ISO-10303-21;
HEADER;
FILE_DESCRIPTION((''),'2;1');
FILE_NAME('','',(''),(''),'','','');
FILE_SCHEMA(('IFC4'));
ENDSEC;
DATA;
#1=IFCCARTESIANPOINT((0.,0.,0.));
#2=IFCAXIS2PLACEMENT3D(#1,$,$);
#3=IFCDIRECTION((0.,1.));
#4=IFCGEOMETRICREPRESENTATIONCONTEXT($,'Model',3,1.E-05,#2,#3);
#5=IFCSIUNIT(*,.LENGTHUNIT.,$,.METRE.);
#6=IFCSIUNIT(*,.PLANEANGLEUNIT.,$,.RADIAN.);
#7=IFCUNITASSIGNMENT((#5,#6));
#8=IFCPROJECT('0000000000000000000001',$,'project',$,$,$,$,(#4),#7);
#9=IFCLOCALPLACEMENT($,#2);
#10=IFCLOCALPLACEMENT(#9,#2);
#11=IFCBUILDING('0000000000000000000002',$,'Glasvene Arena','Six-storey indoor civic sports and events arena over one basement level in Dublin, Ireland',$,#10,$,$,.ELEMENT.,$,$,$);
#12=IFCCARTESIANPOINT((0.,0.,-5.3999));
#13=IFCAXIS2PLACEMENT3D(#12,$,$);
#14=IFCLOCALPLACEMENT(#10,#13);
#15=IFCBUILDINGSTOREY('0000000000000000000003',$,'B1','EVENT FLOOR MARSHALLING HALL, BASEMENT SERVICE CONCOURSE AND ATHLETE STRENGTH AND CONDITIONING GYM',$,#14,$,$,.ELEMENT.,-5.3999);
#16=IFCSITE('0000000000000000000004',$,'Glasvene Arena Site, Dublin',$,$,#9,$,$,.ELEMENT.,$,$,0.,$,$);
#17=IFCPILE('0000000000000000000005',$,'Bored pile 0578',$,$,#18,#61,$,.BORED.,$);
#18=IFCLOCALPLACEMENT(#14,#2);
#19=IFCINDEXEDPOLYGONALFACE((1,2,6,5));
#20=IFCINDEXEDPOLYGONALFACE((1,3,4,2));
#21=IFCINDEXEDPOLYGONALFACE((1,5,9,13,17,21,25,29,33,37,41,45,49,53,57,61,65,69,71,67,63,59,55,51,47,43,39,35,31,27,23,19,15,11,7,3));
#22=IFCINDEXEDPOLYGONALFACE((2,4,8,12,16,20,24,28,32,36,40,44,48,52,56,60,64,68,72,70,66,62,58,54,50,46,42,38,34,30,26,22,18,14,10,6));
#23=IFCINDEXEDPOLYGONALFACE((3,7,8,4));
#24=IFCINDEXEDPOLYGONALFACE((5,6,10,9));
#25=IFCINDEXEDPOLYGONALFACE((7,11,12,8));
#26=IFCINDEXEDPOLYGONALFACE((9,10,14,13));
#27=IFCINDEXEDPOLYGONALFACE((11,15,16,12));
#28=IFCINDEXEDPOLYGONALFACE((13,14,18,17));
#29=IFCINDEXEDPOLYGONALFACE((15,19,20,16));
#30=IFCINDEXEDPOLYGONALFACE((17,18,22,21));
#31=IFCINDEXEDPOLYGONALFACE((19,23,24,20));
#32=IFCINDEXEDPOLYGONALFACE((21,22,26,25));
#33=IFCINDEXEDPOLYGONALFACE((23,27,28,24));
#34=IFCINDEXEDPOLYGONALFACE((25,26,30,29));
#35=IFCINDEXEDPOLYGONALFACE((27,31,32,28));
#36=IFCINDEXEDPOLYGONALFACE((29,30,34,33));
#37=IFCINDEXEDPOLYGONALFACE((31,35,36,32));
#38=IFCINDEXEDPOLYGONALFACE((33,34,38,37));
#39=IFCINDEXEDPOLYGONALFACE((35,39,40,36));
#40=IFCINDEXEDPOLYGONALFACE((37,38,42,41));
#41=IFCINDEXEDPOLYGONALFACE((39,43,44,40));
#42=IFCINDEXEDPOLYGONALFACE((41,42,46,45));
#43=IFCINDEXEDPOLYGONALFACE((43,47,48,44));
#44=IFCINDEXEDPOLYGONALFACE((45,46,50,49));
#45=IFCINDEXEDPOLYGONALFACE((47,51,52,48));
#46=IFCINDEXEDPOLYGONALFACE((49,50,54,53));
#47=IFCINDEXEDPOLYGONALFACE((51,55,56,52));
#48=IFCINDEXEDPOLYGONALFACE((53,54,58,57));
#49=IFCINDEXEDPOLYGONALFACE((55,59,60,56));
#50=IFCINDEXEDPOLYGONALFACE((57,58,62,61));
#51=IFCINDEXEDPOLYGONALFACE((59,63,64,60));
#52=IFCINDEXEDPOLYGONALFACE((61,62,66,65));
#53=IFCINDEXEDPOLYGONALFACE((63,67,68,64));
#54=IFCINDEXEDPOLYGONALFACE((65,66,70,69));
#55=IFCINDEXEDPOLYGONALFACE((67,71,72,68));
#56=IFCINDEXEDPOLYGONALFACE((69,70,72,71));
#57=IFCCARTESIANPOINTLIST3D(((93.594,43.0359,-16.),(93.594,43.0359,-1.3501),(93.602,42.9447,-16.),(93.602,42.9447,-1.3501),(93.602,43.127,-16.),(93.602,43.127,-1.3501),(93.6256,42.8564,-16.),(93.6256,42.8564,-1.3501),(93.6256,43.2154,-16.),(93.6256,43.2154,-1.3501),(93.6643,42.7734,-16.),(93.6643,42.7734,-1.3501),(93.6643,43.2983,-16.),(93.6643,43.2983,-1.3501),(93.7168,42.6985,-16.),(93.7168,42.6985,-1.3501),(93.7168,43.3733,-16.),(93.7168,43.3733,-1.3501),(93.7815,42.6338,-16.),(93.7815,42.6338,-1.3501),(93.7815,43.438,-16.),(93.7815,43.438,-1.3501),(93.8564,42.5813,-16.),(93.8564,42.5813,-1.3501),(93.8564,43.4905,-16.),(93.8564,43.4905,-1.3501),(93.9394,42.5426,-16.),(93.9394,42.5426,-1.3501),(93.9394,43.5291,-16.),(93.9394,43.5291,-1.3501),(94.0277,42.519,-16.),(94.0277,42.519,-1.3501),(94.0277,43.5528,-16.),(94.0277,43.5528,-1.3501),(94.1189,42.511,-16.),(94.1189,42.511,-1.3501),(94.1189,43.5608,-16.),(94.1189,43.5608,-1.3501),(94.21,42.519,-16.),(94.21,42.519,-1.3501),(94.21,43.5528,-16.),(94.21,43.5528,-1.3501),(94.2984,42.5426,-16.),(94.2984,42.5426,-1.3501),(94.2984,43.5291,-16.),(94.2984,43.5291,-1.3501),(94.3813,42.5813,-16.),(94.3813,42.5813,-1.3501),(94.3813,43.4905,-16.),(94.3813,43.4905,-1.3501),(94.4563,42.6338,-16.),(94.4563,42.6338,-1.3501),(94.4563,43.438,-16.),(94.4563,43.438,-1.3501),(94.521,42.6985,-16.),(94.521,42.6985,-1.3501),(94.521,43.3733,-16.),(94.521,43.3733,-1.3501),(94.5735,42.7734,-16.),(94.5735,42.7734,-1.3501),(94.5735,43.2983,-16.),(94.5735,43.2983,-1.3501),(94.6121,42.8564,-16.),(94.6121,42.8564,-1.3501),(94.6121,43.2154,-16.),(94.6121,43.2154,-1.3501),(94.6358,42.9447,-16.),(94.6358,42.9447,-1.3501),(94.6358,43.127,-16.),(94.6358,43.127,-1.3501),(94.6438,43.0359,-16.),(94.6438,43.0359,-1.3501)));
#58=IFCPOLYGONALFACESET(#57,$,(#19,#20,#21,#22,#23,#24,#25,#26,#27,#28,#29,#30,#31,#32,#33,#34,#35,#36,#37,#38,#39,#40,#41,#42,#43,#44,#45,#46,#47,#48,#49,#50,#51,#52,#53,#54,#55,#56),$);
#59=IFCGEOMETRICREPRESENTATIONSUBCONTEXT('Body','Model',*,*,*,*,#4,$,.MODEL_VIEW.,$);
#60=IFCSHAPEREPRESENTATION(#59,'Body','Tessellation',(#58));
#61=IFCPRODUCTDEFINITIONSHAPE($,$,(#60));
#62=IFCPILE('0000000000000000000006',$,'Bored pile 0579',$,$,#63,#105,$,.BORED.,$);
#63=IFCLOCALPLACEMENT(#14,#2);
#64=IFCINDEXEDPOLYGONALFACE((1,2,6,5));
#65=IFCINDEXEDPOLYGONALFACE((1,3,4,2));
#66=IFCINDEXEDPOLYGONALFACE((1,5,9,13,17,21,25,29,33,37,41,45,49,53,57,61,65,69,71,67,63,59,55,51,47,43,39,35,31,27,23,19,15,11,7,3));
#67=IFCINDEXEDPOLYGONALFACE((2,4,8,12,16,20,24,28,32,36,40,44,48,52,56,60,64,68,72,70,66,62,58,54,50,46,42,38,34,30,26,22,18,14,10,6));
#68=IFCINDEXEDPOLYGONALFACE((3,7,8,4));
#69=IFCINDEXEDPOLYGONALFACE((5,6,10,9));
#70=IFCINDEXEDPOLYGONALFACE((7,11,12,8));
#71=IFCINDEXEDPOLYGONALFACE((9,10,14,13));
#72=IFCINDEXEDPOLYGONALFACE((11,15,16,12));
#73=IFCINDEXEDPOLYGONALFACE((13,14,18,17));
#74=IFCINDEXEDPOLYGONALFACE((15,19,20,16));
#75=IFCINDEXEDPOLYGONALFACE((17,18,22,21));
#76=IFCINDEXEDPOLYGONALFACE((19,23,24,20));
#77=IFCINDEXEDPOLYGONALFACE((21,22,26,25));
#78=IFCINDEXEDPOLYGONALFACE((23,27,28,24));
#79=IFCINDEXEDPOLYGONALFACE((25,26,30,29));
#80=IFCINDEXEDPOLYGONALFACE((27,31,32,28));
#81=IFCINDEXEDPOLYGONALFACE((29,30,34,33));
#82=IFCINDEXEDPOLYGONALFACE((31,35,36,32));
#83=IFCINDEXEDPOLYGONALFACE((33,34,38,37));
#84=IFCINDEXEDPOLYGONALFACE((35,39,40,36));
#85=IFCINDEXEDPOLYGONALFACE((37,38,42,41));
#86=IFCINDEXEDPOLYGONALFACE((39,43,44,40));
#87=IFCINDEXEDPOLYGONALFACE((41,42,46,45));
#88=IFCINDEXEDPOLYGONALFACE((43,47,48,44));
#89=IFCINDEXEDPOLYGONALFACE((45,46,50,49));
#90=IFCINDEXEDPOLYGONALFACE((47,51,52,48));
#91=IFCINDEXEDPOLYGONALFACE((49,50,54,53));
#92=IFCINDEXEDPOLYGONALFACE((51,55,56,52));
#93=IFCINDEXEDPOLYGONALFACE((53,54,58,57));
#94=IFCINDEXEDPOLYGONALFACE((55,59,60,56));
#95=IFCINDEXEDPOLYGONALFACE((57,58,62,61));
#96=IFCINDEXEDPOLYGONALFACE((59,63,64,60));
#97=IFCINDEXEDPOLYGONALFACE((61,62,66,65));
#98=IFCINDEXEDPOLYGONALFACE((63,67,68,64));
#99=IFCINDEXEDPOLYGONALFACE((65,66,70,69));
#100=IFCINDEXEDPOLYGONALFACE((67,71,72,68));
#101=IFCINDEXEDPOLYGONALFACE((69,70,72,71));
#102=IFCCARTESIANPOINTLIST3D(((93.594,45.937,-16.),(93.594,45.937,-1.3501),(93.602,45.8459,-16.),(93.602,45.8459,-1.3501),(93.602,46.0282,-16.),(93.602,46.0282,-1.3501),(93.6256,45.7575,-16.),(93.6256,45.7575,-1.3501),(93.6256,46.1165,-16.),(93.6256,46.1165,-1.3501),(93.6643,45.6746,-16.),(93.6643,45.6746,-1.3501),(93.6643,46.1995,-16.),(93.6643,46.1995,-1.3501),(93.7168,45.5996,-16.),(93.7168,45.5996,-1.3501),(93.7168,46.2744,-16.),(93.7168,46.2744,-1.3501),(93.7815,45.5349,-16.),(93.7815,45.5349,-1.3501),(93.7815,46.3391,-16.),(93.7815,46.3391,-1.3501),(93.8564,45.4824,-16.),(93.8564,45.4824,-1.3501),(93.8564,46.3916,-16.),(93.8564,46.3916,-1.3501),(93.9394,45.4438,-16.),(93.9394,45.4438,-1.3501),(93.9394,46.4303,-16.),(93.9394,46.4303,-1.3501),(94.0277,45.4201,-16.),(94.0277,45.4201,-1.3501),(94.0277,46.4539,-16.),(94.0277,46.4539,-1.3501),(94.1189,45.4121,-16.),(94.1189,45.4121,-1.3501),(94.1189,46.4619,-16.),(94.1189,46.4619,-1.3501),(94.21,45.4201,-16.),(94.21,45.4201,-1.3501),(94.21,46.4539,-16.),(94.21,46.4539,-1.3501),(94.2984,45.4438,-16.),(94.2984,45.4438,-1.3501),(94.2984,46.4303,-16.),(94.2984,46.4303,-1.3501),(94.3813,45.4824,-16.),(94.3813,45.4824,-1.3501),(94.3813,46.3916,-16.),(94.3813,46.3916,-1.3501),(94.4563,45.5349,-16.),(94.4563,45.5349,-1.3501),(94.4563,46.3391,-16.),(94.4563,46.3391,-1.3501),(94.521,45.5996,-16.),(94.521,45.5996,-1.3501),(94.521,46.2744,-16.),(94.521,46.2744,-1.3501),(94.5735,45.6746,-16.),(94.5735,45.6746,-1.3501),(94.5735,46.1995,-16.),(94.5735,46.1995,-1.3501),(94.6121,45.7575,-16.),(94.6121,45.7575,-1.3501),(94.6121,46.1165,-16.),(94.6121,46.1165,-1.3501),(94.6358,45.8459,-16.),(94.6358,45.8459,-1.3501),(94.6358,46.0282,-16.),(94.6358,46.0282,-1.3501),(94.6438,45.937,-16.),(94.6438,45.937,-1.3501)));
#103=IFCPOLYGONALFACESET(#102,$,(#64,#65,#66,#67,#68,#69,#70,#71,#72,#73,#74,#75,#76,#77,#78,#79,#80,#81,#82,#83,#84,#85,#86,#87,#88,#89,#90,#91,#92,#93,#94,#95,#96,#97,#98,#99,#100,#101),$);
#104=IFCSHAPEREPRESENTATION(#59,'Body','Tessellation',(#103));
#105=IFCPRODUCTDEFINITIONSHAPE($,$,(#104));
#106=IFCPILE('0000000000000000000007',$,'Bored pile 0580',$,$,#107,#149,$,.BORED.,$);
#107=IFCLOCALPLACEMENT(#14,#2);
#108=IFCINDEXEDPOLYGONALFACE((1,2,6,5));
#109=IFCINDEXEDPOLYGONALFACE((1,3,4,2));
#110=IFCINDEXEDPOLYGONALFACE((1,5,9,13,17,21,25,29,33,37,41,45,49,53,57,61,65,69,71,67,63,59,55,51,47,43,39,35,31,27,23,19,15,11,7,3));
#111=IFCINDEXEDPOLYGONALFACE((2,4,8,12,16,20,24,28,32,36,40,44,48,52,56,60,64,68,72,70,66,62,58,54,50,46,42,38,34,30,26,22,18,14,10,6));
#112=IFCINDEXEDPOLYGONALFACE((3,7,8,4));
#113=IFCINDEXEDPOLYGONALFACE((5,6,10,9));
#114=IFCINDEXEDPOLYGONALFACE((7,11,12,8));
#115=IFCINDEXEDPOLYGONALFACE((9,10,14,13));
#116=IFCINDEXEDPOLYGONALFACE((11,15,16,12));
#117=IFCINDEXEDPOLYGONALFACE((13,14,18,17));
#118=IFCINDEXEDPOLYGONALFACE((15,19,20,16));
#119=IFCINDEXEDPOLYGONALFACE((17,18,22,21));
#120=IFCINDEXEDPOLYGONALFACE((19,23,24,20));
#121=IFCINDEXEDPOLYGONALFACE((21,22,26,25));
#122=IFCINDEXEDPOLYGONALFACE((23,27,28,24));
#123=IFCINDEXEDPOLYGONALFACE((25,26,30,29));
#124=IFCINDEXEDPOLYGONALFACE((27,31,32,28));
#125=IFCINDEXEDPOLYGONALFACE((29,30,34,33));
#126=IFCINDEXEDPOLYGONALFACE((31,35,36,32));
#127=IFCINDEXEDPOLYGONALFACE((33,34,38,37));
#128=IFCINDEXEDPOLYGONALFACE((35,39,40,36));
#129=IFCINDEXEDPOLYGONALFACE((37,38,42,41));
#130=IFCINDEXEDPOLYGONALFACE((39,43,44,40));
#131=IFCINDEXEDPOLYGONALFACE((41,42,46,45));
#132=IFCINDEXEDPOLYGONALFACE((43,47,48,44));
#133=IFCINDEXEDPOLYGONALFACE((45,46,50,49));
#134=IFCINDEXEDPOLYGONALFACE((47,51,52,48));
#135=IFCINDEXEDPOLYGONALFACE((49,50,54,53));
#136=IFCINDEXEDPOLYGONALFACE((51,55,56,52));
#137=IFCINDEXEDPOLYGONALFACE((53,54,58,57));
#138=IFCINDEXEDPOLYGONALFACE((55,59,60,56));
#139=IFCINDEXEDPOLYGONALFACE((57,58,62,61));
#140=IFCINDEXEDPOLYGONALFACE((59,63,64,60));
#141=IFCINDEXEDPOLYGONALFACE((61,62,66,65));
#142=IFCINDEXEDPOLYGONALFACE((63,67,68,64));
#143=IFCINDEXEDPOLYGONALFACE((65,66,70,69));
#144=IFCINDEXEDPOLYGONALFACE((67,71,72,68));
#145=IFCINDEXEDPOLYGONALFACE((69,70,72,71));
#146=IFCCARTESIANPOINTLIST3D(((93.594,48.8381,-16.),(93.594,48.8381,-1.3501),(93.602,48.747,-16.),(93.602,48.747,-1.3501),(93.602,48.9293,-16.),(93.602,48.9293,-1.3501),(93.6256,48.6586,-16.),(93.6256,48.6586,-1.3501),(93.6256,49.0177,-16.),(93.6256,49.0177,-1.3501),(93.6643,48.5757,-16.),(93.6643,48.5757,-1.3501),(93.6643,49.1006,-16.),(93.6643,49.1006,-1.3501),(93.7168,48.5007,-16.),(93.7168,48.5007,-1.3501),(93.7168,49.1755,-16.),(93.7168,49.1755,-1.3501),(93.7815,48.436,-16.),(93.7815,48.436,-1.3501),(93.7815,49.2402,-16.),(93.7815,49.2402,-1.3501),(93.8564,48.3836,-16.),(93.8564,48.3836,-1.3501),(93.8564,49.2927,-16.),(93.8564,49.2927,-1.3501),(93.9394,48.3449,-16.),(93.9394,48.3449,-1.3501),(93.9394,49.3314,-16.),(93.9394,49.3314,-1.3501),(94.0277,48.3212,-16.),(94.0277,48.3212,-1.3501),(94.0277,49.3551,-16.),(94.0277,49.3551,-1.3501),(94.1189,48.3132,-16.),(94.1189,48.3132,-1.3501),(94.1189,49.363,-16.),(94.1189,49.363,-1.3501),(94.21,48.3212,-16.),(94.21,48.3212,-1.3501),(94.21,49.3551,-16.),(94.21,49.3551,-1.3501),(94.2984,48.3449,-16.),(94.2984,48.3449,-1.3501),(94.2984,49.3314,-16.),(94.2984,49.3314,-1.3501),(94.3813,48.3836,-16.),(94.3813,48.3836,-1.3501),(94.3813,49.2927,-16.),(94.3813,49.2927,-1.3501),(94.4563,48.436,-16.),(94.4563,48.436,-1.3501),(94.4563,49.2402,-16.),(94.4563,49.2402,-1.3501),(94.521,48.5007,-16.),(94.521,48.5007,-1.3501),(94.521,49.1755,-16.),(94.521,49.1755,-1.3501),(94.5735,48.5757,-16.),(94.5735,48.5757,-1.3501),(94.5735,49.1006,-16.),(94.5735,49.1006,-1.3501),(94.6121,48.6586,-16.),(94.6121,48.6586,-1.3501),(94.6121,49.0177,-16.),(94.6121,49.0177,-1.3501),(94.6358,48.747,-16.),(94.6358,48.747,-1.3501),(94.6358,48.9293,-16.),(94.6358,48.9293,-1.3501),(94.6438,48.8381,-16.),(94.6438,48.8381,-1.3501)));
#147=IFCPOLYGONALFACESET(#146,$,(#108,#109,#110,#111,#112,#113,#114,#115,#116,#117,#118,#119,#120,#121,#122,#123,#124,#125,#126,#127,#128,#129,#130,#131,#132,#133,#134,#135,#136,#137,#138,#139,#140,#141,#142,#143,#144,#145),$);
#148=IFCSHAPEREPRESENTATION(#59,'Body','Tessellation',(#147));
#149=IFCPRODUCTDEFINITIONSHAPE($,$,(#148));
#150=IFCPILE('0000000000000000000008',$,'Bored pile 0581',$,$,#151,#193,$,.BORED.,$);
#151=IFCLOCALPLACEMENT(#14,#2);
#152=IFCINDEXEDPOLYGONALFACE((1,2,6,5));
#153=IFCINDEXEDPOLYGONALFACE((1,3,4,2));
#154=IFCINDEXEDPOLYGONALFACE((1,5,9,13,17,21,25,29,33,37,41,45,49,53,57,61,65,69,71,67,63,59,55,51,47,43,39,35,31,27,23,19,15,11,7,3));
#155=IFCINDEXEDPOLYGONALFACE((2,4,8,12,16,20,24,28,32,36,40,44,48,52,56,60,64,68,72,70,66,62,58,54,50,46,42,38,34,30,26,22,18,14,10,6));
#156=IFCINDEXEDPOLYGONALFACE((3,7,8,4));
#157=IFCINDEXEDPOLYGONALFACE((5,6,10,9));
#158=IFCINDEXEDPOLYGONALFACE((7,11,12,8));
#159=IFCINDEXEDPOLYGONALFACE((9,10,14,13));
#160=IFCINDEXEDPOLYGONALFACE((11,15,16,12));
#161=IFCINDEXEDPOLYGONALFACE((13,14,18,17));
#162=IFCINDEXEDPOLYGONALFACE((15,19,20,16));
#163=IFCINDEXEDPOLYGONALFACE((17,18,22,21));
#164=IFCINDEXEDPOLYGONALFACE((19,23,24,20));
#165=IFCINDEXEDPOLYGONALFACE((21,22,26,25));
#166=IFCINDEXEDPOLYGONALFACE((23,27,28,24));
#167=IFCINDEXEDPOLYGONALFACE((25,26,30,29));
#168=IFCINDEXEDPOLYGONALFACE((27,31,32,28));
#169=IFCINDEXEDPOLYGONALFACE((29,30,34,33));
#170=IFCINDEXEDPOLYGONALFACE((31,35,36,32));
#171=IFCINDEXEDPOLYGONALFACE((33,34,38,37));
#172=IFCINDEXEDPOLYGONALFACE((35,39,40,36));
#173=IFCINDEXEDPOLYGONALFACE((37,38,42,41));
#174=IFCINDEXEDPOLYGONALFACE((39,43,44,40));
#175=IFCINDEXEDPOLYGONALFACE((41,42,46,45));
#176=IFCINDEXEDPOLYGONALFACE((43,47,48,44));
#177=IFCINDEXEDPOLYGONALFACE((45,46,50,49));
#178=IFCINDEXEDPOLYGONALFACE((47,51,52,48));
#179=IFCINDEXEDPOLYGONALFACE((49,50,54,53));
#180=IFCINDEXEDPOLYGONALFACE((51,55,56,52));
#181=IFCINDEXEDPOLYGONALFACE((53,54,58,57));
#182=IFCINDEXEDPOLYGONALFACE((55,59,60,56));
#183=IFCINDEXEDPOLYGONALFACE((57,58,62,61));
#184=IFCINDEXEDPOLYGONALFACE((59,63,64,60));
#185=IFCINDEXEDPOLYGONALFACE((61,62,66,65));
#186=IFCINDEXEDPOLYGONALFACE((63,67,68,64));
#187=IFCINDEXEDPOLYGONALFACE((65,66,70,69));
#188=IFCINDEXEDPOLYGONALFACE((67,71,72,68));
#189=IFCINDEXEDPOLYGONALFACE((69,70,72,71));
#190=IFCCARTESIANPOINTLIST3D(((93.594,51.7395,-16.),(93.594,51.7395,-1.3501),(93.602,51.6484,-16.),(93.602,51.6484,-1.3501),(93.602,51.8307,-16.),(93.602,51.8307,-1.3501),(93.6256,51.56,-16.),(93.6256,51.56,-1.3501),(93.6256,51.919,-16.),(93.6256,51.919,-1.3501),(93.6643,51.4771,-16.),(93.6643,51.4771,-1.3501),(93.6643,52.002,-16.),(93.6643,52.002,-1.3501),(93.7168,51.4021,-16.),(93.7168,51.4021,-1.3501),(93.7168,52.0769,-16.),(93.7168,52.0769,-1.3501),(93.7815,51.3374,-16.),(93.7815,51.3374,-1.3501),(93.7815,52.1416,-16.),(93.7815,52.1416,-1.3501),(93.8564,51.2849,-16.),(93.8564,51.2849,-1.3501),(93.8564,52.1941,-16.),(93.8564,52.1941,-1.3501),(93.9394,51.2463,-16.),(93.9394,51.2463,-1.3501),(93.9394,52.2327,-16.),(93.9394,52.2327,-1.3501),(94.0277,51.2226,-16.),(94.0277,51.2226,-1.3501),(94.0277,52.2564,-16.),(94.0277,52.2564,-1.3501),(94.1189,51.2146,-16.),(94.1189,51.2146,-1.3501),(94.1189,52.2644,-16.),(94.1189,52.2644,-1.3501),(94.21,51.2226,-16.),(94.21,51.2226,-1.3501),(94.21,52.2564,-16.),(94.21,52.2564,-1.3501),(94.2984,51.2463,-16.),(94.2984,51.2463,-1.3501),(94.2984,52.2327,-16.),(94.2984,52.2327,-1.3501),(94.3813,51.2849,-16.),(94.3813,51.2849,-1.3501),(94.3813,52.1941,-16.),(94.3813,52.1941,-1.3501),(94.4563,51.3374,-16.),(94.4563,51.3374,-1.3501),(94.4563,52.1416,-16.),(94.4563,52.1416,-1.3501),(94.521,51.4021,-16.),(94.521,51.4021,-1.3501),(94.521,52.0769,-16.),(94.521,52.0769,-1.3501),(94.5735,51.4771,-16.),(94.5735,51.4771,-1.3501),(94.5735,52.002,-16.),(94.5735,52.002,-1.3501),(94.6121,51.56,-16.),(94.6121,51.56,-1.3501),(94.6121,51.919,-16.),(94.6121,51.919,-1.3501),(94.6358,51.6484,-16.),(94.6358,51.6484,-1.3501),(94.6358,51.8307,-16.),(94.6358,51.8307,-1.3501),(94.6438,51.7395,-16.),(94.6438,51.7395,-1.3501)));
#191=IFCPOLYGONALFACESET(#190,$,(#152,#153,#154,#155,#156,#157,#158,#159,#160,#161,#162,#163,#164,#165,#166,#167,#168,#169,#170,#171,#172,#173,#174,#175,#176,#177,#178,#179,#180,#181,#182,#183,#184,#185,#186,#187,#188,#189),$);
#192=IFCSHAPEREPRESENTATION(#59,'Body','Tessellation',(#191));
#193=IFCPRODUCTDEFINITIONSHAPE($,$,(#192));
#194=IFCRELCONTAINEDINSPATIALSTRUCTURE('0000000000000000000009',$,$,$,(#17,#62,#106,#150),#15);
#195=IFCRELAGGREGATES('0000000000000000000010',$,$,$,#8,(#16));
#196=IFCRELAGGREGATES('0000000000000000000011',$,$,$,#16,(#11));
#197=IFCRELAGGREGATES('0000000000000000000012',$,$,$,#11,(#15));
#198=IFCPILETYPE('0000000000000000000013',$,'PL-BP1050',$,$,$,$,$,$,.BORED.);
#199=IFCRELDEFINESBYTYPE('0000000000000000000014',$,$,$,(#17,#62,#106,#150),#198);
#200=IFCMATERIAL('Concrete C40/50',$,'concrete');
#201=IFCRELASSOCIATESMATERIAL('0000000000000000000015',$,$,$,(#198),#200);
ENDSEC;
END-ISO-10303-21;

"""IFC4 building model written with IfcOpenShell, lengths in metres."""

from ifc_helpers import new_model, si_unit, direction, frame, origin, origin_2d, place, context, subcontext, project, spatial, circle, extrude, material, material_profile, profile_set, type_object, element, save


model = new_model("IFC4")

# Units and contexts
model_context = context("Model", 3, precision=1e-05, world=origin(), true_north=direction((0.0, 1.0)))
body_context = subcontext(model_context, "Body", "Model", "MODEL_VIEW")
ifc_project = project(units=[si_unit("LENGTHUNIT", "METRE"), si_unit("PLANEANGLEUNIT", "RADIAN")], contexts=[model_context])

# Site, building, storey
site_placement = place(None, origin())
site = spatial("IfcSite", under=ifc_project, at=site_placement, Name="Glasvene Arena Site, Dublin", CompositionType="ELEMENT", RefElevation=0.0)
building_placement = place(site_placement, origin())
building = spatial("IfcBuilding", under=site, at=building_placement, Name="Glasvene Arena", Description="Six-storey indoor civic sports and events arena over one basement level in Dublin, Ireland", CompositionType="ELEMENT")
storey_placement = place(building_placement, frame((0.0, 0.0, -5.3999)))
storey = spatial("IfcBuildingStorey", under=building, at=storey_placement, Name="B1", Description="EVENT FLOOR MARSHALLING HALL, BASEMENT SERVICE CONCOURSE AND ATHLETE STRENGTH AND CONDITIONING GYM", CompositionType="ELEMENT", Elevation=-5.3999)

# Piles
ifc_material_1 = material(Name="Concrete C40/50", Category="concrete")
ifc_material_profile_1 = material_profile(ifc_material_1, circle(Radius=0.5249, at=origin_2d()), Name="BORED PILE 1050")
ifc_profile_set_1 = profile_set([ifc_material_profile_1], Name="Concrete C40/50")
pile_type = type_object("IfcPileType", Name="PL-BP1050", PredefinedType="BORED", material=ifc_profile_set_1)
for number, where, z_axis, x_axis, name in (
    (1, (94.1189, 43.0359, -1.3501), (0.0, 0.0, -1.0), (1.0, 0.0, 0.0), "Bored pile 0578"),
    (2, (94.1189, 45.937, -1.3501), (0.0, 0.0, -1.0), (1.0, 0.0, 0.0), "Bored pile 0579"),
    (3, (94.1189, 48.8381, -1.3501), (0.0, 0.0, -1.0), (1.0, 0.0, 0.0), "Bored pile 0580"),
    (4, (94.1189, 51.7395, -1.3501), (0.0, 0.0, -1.0), (1.0, 0.0, 0.0), "Bored pile 0581"),
):
    element("IfcPile", number, at=place(storey_placement, frame(where, z_axis=z_axis, x_axis=x_axis)), inside=storey, type_object=pile_type, Name=name, PredefinedType="BORED", context=body_context, shape_type="SweptSolid", body=[
        extrude(circle(Radius=0.5249, at=origin_2d()), origin(), (0.0, 0.0, 1.0), 14.6499),
    ])

save(model, "model.ifc")
